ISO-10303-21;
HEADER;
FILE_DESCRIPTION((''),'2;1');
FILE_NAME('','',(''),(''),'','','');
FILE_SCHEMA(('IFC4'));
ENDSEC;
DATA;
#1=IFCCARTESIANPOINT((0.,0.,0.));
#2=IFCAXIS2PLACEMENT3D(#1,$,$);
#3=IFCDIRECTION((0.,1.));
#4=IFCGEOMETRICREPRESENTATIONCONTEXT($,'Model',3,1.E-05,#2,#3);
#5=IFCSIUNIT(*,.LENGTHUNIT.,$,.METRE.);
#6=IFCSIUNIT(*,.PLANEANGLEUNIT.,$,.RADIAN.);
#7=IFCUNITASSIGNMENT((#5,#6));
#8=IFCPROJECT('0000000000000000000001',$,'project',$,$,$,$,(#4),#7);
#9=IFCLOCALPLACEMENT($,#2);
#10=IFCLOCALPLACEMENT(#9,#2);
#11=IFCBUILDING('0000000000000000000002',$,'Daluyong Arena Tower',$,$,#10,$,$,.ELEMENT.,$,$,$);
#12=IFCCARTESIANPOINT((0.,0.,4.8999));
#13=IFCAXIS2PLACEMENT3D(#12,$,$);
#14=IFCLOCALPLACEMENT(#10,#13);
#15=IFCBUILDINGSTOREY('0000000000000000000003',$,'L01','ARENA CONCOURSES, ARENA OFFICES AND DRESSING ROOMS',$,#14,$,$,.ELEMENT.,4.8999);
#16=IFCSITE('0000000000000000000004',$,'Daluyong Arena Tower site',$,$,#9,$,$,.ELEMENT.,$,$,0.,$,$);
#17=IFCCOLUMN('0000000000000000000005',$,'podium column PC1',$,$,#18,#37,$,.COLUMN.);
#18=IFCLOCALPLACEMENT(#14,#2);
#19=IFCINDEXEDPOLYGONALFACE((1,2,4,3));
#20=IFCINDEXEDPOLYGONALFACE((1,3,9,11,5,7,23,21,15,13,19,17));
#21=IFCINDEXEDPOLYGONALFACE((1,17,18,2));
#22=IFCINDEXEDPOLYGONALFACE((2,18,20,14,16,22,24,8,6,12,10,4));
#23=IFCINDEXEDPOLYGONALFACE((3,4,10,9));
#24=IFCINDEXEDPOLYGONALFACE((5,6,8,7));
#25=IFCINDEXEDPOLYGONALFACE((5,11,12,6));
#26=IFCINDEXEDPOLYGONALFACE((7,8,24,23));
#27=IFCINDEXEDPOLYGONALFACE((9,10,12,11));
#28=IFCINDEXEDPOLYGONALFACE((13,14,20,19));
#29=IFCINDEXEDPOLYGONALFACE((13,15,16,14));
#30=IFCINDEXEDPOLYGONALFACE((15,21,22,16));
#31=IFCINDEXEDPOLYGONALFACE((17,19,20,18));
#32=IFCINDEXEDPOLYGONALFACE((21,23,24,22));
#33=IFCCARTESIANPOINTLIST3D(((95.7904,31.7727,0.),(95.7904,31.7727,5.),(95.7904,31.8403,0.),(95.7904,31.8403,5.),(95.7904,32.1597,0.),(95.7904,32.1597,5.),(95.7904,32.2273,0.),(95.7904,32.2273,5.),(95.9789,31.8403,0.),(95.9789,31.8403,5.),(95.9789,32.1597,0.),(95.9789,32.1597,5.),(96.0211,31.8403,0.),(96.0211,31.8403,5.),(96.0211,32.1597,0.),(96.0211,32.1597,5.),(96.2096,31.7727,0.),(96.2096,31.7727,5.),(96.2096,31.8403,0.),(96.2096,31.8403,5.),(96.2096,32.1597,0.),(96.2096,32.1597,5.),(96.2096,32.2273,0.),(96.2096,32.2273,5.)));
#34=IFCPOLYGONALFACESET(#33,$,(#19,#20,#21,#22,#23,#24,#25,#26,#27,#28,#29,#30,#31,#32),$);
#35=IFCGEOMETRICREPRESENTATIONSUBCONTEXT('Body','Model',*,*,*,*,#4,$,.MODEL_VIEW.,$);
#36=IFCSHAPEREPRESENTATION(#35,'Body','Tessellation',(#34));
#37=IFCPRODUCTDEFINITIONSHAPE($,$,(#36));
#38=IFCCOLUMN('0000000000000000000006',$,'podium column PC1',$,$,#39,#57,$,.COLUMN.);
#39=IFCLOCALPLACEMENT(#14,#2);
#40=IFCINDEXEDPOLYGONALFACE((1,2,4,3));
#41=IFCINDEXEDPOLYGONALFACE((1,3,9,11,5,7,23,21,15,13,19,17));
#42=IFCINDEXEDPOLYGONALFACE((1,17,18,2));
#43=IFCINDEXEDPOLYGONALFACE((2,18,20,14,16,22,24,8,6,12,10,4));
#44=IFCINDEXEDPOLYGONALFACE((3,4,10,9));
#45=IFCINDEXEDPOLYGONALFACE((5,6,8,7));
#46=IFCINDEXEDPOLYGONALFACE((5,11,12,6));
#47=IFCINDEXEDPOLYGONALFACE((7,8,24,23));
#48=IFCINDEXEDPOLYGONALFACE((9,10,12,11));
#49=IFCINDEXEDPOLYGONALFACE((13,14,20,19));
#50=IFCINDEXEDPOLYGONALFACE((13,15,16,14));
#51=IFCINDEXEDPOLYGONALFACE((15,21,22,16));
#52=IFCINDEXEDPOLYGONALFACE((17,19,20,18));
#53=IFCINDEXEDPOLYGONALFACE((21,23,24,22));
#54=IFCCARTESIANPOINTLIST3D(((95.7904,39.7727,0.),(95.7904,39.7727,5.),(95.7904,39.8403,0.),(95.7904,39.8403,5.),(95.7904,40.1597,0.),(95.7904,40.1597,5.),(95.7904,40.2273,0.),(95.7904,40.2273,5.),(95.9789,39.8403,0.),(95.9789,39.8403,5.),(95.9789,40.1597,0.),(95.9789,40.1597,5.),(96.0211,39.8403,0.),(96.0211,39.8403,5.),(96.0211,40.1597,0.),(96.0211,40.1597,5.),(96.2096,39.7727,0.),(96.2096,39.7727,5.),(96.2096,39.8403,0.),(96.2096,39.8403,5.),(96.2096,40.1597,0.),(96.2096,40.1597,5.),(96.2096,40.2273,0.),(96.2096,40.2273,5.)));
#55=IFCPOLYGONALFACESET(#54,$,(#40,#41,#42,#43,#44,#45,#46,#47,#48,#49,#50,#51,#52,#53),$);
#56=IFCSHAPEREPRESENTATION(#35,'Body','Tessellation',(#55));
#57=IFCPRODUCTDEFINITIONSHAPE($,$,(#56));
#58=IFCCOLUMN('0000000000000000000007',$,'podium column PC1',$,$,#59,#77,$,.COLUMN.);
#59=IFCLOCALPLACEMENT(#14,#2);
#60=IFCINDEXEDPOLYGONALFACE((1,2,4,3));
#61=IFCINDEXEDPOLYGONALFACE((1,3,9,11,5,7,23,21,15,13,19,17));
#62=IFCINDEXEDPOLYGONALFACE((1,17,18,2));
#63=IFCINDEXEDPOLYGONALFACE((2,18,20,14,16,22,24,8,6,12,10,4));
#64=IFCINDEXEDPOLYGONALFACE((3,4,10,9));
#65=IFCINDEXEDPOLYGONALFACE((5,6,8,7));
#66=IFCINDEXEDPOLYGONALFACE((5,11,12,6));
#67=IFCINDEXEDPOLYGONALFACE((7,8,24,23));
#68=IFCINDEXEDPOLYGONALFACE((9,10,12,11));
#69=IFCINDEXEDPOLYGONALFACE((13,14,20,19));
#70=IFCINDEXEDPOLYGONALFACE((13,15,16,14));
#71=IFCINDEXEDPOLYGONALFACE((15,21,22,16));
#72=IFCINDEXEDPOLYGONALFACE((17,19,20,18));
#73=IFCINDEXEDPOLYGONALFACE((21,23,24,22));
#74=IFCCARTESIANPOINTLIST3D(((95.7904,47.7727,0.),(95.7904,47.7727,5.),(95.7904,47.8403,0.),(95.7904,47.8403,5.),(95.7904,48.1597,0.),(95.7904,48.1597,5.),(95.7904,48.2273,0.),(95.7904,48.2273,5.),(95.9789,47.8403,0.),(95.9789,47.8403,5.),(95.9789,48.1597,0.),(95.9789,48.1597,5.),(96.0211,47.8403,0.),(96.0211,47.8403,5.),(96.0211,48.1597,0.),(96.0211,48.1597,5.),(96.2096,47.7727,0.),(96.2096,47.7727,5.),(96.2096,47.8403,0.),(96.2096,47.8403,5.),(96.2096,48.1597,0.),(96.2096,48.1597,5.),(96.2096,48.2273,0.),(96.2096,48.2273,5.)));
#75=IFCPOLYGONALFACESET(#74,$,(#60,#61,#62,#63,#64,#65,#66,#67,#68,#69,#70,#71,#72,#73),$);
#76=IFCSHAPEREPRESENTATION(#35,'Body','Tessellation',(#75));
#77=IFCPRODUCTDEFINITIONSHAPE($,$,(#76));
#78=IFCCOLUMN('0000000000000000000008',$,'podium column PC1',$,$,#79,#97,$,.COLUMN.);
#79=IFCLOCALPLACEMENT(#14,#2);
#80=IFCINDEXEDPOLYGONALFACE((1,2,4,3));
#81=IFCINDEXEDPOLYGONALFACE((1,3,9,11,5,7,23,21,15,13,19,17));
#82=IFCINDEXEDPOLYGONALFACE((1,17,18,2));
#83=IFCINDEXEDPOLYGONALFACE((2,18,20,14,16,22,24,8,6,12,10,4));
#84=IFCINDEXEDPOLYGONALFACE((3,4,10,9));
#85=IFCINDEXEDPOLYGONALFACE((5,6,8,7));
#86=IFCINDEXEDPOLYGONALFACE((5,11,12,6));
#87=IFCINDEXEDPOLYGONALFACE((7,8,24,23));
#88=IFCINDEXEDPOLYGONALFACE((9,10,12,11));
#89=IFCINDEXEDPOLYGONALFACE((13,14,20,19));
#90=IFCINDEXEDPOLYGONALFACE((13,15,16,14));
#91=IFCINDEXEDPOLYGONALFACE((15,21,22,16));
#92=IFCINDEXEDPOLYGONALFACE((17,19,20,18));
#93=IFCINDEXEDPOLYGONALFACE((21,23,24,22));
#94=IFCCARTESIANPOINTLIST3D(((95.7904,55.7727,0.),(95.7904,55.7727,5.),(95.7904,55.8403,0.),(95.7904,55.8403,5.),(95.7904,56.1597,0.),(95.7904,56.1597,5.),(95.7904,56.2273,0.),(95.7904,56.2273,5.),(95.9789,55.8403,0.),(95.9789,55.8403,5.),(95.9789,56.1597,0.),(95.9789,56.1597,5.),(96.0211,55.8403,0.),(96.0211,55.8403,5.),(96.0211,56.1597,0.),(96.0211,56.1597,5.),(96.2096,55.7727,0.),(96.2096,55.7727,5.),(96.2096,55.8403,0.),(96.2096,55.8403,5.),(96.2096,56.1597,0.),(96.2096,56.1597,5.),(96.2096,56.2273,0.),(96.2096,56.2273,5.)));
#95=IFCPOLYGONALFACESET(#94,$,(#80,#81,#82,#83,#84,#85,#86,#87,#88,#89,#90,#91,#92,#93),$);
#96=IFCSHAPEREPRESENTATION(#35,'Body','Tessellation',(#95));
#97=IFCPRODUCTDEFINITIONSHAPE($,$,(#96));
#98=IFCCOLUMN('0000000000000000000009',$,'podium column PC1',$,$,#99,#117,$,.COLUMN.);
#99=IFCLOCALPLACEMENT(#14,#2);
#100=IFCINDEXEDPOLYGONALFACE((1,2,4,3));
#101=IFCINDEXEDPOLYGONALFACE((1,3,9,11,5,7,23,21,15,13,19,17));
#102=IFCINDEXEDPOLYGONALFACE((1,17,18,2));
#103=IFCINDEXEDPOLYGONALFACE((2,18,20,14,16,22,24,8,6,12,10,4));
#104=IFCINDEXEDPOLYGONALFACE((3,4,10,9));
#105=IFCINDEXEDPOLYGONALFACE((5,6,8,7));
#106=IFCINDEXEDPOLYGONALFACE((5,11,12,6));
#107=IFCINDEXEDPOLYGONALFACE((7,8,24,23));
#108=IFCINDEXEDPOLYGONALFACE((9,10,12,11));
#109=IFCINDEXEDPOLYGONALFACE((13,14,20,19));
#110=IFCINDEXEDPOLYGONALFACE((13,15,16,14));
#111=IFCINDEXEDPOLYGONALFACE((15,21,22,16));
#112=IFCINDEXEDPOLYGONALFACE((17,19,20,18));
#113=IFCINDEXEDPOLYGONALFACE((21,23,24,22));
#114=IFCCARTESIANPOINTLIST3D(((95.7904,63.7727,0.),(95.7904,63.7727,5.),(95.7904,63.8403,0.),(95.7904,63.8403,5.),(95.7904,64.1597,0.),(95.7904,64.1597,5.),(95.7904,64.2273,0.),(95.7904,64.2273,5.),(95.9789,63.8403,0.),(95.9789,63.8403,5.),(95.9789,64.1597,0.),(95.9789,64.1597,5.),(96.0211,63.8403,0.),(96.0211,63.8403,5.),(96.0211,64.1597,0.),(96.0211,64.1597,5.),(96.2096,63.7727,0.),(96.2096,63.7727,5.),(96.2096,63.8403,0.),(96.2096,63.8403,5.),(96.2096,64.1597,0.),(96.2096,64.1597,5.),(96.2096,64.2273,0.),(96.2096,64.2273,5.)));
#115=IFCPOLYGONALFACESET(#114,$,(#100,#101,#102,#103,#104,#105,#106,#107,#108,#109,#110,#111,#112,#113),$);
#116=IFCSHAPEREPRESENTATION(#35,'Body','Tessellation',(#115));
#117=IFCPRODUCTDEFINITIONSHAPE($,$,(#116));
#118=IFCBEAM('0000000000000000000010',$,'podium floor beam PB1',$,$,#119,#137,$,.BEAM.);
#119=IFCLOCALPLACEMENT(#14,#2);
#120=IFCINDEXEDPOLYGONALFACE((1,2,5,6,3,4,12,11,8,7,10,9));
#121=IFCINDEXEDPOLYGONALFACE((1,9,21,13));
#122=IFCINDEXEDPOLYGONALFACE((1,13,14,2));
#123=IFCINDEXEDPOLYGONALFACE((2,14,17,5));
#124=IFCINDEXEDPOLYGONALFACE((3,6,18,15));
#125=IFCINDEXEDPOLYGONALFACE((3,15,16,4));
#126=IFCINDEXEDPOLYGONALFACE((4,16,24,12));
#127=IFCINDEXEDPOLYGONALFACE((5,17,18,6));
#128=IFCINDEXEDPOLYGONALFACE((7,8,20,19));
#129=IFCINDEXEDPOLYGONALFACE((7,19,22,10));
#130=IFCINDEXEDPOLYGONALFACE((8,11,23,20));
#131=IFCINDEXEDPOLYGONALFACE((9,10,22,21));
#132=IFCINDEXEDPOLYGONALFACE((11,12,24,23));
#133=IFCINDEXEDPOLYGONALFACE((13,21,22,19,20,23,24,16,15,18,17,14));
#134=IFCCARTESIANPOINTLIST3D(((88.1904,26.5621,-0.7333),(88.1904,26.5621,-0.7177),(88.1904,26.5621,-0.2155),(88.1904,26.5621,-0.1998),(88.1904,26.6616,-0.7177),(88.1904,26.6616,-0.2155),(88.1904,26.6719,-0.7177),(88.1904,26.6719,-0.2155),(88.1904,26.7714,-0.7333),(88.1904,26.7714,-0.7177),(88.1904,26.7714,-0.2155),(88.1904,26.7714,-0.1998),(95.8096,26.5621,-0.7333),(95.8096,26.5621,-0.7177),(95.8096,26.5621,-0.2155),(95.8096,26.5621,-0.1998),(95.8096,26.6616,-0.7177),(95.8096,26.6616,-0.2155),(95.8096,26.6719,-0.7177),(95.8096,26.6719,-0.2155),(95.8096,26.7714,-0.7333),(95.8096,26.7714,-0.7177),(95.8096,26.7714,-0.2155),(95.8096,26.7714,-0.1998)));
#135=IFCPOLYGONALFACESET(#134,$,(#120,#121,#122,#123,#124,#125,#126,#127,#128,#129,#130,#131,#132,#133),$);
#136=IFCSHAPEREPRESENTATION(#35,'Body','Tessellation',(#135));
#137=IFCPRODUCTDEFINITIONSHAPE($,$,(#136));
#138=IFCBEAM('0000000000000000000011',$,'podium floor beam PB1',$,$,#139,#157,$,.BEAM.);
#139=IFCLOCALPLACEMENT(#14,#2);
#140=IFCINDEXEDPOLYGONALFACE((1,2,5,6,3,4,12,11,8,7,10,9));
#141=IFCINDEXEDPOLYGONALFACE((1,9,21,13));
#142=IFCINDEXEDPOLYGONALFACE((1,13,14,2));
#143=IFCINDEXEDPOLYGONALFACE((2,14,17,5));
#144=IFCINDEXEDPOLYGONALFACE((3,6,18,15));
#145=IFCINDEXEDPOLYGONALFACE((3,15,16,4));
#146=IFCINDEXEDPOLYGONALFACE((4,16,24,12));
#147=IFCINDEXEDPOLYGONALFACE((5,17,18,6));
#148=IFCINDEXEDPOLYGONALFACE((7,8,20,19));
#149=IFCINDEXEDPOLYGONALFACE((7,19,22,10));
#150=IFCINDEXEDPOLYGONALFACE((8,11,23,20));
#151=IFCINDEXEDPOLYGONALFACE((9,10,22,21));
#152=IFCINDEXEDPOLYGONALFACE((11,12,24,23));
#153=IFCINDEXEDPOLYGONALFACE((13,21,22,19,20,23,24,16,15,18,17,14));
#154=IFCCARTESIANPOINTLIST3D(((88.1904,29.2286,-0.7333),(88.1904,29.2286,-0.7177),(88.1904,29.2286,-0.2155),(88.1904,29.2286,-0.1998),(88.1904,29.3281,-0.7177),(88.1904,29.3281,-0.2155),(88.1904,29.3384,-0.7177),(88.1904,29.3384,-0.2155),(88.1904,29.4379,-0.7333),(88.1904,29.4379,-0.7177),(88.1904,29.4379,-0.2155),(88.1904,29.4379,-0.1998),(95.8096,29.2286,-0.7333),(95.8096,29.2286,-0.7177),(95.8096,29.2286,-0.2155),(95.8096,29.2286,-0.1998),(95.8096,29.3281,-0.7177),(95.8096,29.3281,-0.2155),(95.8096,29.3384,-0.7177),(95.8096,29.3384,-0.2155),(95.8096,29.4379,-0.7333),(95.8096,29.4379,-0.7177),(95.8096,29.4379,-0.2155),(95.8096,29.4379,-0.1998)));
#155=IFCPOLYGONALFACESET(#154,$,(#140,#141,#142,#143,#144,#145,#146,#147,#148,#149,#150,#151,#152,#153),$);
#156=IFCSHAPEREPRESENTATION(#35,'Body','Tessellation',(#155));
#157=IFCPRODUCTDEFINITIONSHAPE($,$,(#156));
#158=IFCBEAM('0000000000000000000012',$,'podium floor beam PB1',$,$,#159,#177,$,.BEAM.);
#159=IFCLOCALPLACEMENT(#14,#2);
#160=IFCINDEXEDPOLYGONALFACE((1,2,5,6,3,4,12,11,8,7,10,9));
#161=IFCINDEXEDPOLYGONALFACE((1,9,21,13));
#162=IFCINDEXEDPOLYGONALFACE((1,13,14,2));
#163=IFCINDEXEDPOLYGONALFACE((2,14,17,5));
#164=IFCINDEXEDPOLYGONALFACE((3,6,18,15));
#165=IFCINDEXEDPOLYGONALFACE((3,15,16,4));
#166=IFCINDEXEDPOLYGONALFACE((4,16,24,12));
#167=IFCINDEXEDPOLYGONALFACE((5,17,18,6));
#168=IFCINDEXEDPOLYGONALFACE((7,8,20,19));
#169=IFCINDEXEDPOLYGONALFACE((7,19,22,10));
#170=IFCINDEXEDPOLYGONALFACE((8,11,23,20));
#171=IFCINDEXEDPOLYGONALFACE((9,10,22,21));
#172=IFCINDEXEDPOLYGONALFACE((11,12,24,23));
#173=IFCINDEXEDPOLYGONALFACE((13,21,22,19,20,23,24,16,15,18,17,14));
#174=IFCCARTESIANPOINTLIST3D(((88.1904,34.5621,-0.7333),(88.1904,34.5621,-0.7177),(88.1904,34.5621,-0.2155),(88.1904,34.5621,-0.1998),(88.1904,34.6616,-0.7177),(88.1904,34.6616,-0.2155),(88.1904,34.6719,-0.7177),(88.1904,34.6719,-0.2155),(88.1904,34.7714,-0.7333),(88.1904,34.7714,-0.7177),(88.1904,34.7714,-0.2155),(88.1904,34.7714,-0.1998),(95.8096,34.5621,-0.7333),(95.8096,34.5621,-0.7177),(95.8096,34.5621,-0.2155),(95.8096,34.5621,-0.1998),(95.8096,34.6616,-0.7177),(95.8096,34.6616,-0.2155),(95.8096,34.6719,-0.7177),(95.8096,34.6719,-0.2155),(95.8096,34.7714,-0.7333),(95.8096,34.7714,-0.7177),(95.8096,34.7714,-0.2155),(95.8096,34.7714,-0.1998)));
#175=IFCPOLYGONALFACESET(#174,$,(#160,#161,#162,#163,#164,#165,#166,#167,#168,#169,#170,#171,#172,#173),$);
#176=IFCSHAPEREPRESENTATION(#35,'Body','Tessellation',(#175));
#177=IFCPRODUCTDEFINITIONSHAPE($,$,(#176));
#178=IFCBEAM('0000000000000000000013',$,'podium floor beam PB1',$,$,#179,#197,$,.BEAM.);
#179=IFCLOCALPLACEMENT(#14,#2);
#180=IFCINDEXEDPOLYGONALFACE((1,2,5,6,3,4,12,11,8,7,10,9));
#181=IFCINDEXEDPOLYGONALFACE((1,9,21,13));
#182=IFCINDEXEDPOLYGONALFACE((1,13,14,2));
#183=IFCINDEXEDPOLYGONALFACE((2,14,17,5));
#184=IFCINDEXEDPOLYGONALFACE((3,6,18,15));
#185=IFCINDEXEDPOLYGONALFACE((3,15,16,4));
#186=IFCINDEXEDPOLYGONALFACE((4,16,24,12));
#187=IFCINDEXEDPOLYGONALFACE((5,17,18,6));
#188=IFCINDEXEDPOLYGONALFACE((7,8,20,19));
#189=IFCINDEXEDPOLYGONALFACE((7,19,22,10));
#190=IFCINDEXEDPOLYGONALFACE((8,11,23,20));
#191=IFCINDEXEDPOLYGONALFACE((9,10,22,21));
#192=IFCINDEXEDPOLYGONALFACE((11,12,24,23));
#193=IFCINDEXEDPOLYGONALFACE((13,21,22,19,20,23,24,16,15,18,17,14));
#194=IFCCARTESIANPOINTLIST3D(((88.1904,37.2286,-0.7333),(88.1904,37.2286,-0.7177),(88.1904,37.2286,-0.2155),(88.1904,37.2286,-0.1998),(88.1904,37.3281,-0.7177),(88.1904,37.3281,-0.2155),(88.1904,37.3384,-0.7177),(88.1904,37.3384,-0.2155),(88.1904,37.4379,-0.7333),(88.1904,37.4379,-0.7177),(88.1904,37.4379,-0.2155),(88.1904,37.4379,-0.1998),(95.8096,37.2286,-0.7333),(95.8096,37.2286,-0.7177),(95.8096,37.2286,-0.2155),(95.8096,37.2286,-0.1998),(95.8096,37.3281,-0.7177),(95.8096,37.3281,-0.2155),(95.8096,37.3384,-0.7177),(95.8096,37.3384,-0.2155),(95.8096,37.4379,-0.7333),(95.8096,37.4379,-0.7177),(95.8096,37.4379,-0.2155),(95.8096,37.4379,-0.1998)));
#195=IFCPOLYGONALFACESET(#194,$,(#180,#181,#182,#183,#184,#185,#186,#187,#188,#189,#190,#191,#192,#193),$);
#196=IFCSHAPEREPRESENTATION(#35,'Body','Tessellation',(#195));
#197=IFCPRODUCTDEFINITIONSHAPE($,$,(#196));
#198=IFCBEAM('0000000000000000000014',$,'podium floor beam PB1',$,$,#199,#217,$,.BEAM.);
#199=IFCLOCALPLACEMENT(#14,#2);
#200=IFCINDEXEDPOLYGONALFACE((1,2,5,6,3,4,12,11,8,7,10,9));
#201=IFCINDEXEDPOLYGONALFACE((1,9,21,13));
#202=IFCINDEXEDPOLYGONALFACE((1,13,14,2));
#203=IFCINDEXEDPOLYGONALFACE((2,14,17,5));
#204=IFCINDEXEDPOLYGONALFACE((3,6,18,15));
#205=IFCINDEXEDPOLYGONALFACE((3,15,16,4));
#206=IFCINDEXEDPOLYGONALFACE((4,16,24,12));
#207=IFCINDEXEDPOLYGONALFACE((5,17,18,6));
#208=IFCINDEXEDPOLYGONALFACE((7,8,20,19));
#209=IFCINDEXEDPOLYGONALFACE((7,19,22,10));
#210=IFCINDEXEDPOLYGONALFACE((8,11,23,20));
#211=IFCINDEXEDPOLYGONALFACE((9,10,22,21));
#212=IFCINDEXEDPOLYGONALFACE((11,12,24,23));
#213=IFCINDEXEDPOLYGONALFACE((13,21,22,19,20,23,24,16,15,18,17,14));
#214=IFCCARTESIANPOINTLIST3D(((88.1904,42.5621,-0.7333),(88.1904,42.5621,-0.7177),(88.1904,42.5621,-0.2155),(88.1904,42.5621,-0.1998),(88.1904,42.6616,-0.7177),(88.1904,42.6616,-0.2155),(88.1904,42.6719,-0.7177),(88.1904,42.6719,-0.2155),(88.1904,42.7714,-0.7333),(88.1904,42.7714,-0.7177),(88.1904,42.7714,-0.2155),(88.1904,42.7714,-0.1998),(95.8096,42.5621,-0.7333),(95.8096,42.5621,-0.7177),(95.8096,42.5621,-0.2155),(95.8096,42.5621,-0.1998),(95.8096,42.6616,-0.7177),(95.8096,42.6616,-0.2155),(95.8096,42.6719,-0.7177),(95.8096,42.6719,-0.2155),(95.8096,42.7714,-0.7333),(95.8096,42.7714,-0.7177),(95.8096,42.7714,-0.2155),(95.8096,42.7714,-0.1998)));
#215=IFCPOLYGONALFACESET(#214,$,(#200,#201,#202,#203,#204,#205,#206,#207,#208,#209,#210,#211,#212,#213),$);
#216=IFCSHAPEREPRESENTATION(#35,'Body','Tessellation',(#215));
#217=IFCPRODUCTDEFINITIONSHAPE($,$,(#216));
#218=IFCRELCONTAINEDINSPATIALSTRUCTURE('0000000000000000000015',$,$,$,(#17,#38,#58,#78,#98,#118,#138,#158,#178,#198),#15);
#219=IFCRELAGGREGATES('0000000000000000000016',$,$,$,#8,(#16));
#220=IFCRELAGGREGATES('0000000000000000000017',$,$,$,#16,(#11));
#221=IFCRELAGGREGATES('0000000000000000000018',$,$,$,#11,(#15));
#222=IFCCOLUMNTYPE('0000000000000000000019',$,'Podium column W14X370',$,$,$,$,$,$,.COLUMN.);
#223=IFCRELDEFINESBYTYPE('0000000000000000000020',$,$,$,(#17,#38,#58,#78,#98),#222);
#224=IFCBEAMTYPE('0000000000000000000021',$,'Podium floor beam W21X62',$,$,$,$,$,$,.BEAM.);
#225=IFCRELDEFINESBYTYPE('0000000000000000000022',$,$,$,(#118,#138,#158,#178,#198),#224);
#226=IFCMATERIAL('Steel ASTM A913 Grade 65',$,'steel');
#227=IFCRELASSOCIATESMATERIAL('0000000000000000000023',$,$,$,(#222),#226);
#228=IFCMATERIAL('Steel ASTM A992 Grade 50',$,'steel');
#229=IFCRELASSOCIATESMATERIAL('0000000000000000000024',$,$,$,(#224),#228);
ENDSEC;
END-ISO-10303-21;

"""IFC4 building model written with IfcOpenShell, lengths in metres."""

from ifc_helpers import new_model, si_unit, direction, frame, origin, origin_2d, place, context, subcontext, project, spatial, i_section, extrude, material, material_profile, profile_set, type_object, element, save


model = new_model("IFC4")

# Units and contexts
model_context = context("Model", 3, precision=1e-05, world=origin(), true_north=direction((0.0, 1.0)))
body_context = subcontext(model_context, "Body", "Model", "MODEL_VIEW")
ifc_project = project(units=[si_unit("LENGTHUNIT", "METRE"), si_unit("PLANEANGLEUNIT", "RADIAN")], contexts=[model_context])

# Site, building, storey
site_placement = place(None, origin())
site = spatial("IfcSite", under=ifc_project, at=site_placement, Name="Daluyong Arena Tower site", CompositionType="ELEMENT", RefElevation=0.0)
building_placement = place(site_placement, origin())
building = spatial("IfcBuilding", under=site, at=building_placement, Name="Daluyong Arena Tower", CompositionType="ELEMENT")
storey_placement = place(building_placement, frame((0.0, 0.0, 4.8999)))
storey = spatial("IfcBuildingStorey", under=building, at=storey_placement, Name="L01", Description="ARENA CONCOURSES, ARENA OFFICES AND DRESSING ROOMS", CompositionType="ELEMENT", Elevation=4.8999)

# Columns
ifc_material_1 = material(Name="Steel ASTM A913 Grade 65", Category="steel")
ifc_material_profile_1 = material_profile(ifc_material_1, i_section(OverallWidth=0.4192, OverallDepth=0.4546, WebThickness=0.0422, FlangeThickness=0.0676, at=origin_2d()))
ifc_profile_set_1 = profile_set([ifc_material_profile_1], Name="Steel ASTM A913 Grade 65")
column_type = type_object("IfcColumnType", Name="Podium column W14X370", PredefinedType="COLUMN", material=ifc_profile_set_1)
for number, where, z_axis, x_axis, name in (
    (1, (96.0, 32.0, 0.0), (0.0, 0.0, 1.0), (1.0, 0.0, 0.0), "podium column PC1"),
    (2, (96.0, 40.0, 0.0), (0.0, 0.0, 1.0), (1.0, 0.0, 0.0), "podium column PC1"),
    (3, (96.0, 48.0, 0.0), (0.0, 0.0, 1.0), (1.0, 0.0, 0.0), "podium column PC1"),
    (4, (96.0, 56.0, 0.0), (0.0, 0.0, 1.0), (1.0, 0.0, 0.0), "podium column PC1"),
    (5, (96.0, 64.0, 0.0), (0.0, 0.0, 1.0), (1.0, 0.0, 0.0), "podium column PC1"),
):
    element("IfcColumn", number, at=place(storey_placement, frame(where, z_axis=z_axis, x_axis=x_axis)), inside=storey, type_object=column_type, Name=name, PredefinedType="COLUMN", context=body_context, shape_type="SweptSolid", body=[
        extrude(i_section(OverallWidth=0.4192, OverallDepth=0.4546, WebThickness=0.0422, FlangeThickness=0.0676, at=origin_2d()), origin(), (0.0, 0.0, 1.0), 5.0),
    ])

# Beams
ifc_material_2 = material(Name="Steel ASTM A992 Grade 50", Category="steel")
ifc_material_profile_2 = material_profile(ifc_material_2, i_section(OverallWidth=0.2092, OverallDepth=0.5334, WebThickness=0.0103, FlangeThickness=0.0156, at=origin_2d()))
ifc_profile_set_2 = profile_set([ifc_material_profile_2], Name="Steel ASTM A992 Grade 50")
beam_type_1 = type_object("IfcBeamType", Name="Podium floor beam W21X62", PredefinedType="BEAM", material=ifc_profile_set_2)
for number, where, z_axis, x_axis, name in (
    (6, (88.1904, 26.6667, -0.4666), (1.0, 0.0, 0.0), (0.0, 1.0, 0.0), "podium floor beam PB1"),
    (7, (88.1904, 29.3333, -0.4666), (1.0, 0.0, 0.0), (0.0, 1.0, 0.0), "podium floor beam PB1"),
    (8, (88.1904, 34.6667, -0.4666), (1.0, 0.0, 0.0), (0.0, 1.0, 0.0), "podium floor beam PB1"),
    (9, (88.1904, 37.3333, -0.4666), (1.0, 0.0, 0.0), (0.0, 1.0, 0.0), "podium floor beam PB1"),
    (10, (88.1904, 42.6667, -0.4666), (1.0, 0.0, 0.0), (0.0, 1.0, 0.0), "podium floor beam PB1"),
):
    element("IfcBeam", number, at=place(storey_placement, frame(where, z_axis=z_axis, x_axis=x_axis)), inside=storey, type_object=beam_type_1, Name=name, PredefinedType="BEAM", context=body_context, shape_type="SweptSolid", body=[
        extrude(i_section(OverallWidth=0.2092, OverallDepth=0.5334, WebThickness=0.0103, FlangeThickness=0.0156, at=origin_2d()), origin(), (0.0, 0.0, 1.0), 7.6191),
    ])

save(model, "model.ifc")
